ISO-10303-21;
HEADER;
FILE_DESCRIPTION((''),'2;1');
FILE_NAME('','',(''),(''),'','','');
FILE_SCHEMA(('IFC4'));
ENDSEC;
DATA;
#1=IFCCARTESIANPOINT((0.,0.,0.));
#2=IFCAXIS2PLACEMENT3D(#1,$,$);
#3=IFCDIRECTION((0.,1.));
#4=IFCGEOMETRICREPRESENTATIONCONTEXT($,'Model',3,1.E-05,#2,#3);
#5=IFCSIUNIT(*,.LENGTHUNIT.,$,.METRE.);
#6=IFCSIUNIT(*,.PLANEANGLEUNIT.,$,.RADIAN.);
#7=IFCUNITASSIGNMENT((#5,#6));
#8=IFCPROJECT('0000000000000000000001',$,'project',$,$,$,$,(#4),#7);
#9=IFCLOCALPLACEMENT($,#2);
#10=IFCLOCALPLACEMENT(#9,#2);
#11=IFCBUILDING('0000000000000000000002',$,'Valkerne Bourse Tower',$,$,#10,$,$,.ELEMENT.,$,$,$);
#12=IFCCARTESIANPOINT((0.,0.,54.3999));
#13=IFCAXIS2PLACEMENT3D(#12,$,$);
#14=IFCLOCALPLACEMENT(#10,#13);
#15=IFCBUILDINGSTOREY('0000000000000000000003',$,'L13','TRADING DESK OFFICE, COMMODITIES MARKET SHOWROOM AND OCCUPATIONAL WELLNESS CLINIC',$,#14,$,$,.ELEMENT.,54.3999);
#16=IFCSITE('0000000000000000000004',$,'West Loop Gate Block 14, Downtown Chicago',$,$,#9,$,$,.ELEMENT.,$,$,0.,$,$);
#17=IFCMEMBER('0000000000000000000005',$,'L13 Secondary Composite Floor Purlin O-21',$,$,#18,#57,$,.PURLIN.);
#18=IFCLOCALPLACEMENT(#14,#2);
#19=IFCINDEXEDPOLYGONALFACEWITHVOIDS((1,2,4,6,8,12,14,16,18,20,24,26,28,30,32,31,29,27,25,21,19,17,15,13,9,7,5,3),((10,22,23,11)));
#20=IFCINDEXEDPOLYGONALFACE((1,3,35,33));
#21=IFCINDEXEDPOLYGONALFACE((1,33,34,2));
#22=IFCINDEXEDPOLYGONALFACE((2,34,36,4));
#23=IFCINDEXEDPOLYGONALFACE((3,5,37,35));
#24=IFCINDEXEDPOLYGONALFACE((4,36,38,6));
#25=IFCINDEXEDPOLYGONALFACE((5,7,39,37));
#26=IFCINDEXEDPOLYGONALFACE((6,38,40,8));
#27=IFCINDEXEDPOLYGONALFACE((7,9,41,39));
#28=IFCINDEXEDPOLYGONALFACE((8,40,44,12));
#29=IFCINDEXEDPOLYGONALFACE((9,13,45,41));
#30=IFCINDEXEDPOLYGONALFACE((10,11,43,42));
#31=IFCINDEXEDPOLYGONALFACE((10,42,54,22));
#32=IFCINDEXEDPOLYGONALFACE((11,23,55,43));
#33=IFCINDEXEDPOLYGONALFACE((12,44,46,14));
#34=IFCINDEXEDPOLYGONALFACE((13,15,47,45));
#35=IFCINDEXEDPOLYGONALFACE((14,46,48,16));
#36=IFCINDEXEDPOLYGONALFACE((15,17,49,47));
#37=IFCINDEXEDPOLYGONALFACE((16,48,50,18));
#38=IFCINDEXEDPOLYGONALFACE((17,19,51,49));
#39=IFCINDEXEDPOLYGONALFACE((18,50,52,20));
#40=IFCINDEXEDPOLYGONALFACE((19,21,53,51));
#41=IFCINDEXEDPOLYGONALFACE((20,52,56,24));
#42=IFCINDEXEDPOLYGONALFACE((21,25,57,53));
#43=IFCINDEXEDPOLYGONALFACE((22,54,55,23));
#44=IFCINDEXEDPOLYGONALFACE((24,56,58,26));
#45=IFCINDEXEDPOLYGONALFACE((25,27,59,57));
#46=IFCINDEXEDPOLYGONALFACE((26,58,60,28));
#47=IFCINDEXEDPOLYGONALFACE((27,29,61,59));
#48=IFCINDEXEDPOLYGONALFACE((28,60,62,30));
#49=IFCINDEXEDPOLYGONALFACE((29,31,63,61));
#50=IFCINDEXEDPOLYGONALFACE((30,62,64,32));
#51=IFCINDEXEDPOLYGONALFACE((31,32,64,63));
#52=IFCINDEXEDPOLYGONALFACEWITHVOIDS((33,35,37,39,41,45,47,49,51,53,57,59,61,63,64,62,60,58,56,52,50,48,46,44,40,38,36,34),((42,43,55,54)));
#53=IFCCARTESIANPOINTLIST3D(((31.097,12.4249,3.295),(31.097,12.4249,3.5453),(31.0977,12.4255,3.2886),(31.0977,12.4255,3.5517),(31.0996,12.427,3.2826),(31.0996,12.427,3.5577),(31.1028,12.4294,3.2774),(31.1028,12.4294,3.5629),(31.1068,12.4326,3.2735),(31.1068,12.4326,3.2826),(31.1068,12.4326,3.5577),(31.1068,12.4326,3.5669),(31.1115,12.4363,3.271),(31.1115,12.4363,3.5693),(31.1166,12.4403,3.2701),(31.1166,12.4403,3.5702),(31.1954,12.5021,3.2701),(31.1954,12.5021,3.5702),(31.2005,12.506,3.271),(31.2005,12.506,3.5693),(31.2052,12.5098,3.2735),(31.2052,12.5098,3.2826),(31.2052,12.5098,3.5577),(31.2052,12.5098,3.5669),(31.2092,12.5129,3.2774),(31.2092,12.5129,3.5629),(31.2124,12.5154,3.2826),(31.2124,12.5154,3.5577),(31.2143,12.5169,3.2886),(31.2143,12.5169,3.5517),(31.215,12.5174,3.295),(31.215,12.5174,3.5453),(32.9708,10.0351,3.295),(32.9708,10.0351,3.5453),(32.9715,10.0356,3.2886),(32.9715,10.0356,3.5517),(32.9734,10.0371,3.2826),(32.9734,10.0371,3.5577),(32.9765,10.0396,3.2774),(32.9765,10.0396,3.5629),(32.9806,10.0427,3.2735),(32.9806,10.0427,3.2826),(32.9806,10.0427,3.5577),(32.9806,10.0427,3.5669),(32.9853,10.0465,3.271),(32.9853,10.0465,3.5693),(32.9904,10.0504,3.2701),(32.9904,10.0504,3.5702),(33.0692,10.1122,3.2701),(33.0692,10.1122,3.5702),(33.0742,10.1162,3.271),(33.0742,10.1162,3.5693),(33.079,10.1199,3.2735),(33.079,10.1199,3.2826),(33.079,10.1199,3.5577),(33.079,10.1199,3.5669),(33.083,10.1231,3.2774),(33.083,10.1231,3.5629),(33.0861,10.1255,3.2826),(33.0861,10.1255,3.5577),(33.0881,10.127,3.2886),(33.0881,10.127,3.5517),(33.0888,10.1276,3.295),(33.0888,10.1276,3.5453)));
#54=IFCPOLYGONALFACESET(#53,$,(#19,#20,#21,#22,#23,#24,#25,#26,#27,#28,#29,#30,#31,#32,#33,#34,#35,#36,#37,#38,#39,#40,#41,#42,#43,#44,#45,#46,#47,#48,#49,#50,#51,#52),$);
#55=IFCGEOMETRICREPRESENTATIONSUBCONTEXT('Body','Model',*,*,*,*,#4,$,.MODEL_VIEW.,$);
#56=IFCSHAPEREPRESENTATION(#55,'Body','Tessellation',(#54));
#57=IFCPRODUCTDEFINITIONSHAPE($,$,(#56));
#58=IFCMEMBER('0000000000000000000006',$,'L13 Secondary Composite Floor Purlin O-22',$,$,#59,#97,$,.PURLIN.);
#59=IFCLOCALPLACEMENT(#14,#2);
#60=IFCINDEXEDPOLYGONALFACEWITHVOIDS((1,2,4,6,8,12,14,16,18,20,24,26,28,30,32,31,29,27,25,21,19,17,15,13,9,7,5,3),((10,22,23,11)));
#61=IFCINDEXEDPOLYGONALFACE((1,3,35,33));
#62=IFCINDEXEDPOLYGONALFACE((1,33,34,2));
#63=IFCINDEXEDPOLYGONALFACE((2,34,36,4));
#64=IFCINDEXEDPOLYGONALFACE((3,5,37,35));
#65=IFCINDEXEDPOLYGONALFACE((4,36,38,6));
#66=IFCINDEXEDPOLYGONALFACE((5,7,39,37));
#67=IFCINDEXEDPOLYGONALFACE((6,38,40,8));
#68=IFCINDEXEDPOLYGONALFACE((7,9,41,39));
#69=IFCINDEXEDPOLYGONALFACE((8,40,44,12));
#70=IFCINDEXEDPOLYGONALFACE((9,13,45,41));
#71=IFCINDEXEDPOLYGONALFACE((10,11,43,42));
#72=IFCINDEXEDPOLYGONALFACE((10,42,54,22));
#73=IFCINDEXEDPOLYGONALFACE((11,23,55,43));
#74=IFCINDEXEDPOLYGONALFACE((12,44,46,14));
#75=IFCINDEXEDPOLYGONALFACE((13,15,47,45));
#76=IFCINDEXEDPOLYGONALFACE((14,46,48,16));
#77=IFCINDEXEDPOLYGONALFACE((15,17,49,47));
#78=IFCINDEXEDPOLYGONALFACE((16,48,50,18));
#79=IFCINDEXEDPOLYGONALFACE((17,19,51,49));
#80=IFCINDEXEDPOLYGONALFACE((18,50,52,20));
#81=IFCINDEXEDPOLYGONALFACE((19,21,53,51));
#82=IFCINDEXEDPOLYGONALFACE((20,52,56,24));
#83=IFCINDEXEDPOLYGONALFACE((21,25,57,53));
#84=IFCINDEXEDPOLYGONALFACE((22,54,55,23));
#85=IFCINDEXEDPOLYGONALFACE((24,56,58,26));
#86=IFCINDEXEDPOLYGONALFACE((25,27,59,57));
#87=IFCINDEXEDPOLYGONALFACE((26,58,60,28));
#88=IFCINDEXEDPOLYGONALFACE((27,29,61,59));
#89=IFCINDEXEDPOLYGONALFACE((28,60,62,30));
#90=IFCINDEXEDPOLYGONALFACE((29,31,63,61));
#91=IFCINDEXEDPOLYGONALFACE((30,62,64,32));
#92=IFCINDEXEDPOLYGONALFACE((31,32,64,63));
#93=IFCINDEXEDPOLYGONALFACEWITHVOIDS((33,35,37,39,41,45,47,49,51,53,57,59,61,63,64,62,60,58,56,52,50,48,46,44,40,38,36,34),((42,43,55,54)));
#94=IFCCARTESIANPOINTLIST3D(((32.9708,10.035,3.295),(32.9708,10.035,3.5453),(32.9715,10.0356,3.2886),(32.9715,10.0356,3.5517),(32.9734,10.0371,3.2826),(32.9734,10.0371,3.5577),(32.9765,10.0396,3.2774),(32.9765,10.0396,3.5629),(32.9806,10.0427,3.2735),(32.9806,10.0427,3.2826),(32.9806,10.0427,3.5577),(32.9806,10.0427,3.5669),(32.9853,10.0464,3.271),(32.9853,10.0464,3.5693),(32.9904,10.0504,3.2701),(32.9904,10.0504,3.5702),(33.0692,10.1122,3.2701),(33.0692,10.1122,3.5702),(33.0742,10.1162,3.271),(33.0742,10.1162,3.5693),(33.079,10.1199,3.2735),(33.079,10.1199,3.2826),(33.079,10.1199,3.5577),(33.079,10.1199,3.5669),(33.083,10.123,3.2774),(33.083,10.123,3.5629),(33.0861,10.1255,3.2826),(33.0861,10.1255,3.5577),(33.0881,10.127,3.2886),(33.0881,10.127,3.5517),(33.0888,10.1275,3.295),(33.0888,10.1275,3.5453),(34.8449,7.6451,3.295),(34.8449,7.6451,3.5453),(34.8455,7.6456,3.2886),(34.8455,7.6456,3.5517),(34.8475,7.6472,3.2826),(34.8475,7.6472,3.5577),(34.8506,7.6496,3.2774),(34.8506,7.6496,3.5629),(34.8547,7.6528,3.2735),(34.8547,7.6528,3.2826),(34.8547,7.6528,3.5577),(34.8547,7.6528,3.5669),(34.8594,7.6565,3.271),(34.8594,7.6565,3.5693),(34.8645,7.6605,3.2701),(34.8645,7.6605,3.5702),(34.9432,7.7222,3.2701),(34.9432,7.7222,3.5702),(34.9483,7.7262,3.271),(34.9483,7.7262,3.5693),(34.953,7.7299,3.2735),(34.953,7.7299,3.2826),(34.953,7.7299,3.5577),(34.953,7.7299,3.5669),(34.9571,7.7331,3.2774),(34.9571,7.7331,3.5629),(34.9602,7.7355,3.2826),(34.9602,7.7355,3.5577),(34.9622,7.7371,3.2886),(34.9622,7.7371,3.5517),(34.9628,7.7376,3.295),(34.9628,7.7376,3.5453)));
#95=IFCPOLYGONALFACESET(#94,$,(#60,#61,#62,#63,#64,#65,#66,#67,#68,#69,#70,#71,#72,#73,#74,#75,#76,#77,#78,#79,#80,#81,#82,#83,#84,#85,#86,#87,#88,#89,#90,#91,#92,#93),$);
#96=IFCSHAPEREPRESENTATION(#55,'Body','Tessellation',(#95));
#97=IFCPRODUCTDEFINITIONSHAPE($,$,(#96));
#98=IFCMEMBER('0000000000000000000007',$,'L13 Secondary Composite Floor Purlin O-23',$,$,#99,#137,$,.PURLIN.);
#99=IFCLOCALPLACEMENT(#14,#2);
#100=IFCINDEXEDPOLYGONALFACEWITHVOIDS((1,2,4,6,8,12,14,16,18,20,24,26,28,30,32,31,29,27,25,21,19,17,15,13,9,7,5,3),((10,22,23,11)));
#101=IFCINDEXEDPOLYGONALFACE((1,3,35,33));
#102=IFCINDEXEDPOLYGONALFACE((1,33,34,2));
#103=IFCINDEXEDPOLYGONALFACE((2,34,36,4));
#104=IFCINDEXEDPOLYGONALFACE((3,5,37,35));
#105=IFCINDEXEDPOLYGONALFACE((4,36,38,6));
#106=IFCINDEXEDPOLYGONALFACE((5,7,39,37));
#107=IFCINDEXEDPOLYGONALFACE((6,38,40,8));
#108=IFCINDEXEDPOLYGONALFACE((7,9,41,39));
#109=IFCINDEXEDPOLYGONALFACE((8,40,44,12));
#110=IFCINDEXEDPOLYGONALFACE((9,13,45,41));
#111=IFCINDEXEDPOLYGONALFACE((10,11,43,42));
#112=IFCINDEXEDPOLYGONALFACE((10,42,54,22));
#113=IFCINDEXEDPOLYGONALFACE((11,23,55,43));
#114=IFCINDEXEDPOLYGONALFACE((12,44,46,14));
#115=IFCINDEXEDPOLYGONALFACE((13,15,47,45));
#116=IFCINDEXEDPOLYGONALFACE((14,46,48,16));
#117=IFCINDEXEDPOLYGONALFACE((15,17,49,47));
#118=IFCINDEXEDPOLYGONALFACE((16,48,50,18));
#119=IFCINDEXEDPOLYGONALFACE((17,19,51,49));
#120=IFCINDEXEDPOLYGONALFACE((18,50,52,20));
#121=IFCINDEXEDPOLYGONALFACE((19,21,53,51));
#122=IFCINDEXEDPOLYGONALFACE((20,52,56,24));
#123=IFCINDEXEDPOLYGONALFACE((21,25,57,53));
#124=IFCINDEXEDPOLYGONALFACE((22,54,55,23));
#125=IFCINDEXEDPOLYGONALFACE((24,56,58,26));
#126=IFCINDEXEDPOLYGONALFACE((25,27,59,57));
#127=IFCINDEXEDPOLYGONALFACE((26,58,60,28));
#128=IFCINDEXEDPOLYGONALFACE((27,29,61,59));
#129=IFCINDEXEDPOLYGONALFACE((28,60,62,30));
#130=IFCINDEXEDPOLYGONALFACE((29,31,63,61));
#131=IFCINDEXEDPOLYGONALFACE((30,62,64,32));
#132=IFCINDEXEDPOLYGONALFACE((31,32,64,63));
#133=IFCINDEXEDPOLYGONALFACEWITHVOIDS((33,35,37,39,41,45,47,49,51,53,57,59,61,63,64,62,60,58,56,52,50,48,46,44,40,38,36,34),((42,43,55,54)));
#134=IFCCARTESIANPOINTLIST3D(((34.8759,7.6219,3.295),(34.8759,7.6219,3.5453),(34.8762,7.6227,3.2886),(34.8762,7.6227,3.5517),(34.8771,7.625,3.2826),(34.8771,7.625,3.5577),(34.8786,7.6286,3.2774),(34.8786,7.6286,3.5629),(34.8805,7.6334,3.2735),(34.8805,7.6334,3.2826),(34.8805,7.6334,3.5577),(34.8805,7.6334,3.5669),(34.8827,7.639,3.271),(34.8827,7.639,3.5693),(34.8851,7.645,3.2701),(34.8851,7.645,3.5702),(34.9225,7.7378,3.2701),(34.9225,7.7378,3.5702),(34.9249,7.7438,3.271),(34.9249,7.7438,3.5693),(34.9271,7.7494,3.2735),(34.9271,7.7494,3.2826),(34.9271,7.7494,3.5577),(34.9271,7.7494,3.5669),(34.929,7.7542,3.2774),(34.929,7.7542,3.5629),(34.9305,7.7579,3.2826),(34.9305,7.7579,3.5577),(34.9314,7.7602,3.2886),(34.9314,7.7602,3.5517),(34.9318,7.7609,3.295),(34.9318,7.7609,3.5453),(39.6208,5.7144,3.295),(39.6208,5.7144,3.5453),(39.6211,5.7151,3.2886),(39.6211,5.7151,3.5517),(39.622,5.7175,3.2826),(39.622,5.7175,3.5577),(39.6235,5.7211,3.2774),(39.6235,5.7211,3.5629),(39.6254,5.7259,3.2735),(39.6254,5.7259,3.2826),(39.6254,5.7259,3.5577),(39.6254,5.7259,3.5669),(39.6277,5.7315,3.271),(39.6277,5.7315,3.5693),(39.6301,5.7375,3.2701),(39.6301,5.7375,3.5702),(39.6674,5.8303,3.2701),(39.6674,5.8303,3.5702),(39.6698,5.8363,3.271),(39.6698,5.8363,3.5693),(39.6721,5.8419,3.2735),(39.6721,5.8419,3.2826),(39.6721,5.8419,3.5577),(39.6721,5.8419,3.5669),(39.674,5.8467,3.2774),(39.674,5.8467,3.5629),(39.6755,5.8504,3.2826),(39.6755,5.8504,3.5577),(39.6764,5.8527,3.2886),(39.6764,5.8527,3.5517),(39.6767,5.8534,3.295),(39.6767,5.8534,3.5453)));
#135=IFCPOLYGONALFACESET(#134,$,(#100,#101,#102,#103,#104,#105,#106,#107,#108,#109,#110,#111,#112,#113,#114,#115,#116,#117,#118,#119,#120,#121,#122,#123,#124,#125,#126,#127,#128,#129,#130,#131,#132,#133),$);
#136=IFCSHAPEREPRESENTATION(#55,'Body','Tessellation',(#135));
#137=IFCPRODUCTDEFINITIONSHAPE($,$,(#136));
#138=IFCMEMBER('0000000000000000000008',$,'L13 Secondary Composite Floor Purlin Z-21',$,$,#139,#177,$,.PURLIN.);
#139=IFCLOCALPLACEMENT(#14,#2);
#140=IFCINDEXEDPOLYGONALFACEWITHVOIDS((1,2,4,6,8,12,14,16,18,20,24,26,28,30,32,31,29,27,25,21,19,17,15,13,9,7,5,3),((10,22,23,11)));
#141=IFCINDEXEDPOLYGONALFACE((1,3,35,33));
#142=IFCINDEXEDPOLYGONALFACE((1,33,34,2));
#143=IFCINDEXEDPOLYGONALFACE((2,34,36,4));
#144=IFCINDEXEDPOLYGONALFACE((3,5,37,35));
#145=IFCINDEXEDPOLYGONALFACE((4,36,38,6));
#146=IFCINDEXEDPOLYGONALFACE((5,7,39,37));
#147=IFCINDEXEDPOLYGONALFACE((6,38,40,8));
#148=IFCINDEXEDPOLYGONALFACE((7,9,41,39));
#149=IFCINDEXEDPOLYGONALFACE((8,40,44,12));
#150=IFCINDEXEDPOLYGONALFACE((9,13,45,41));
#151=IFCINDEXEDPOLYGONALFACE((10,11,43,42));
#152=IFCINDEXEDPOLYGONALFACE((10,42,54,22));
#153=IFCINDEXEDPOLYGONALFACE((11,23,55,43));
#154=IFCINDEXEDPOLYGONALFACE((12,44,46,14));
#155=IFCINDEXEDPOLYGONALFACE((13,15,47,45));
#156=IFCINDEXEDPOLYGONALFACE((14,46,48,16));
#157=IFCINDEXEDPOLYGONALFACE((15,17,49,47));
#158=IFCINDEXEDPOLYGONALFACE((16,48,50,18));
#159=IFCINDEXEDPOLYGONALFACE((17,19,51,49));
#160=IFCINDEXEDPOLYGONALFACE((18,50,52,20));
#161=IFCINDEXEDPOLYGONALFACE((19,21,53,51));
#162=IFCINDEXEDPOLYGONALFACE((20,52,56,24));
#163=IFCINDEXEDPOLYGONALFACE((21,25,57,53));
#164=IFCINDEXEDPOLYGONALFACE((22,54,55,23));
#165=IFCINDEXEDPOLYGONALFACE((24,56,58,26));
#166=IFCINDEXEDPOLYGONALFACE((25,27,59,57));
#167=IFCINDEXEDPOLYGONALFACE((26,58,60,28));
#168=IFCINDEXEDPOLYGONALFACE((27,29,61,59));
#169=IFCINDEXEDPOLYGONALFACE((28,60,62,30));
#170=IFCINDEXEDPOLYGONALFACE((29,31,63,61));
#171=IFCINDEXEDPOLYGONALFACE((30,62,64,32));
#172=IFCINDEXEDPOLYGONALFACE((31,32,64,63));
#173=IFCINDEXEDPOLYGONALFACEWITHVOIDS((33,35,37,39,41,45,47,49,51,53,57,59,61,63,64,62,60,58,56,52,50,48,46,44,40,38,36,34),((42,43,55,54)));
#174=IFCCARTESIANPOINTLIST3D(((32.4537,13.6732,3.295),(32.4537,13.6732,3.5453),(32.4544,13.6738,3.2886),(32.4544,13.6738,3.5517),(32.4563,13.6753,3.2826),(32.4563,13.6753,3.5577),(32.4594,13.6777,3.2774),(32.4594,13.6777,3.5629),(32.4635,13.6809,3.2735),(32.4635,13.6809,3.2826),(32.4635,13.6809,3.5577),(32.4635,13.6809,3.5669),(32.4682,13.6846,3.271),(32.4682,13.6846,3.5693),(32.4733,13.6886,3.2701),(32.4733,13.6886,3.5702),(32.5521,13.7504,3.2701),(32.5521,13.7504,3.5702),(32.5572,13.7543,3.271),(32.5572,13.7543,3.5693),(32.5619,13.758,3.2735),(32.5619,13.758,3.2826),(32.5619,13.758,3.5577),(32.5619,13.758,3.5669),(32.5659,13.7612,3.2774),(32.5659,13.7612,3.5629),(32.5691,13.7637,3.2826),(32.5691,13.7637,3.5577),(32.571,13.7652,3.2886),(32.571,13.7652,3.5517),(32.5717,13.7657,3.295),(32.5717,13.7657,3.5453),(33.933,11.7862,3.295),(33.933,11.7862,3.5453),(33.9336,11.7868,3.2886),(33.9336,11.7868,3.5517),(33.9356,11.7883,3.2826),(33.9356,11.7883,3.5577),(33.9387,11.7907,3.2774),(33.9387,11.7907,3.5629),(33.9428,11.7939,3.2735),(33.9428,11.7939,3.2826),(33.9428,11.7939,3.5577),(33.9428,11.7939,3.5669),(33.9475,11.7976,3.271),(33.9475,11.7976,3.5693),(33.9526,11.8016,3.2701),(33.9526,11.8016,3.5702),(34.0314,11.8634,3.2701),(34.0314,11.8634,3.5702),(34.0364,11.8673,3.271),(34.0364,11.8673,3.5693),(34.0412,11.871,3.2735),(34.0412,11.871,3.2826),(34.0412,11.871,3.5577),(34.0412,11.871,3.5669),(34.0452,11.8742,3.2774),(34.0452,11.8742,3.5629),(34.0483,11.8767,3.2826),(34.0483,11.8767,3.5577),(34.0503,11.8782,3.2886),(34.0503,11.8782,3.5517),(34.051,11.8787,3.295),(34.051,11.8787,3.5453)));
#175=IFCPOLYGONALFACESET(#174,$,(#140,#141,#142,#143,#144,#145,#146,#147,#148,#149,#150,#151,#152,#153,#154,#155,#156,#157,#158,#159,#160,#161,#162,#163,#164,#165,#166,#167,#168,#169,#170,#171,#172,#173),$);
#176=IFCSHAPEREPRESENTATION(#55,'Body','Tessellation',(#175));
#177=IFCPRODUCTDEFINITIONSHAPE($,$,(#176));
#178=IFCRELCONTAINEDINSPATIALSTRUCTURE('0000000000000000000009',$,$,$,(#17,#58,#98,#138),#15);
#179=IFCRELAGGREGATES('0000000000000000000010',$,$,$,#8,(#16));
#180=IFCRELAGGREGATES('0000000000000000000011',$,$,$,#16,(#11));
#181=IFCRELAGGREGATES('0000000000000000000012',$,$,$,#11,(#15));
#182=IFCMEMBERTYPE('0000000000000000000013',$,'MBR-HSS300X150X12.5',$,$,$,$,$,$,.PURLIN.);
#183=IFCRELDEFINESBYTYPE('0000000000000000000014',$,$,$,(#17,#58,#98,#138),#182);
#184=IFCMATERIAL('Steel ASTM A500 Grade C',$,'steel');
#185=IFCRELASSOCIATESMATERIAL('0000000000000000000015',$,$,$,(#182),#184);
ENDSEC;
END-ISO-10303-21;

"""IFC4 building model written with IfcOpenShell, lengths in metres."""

from ifc_helpers import new_model, si_unit, direction, frame, origin, origin_2d, place, context, subcontext, project, spatial, hollow_rectangle, extrude, material, material_profile, profile_set, type_object, element, save


model = new_model("IFC4")

# Units and contexts
model_context = context("Model", 3, precision=1e-05, world=origin(), true_north=direction((0.0, 1.0)))
body_context = subcontext(model_context, "Body", "Model", "MODEL_VIEW")
ifc_project = project(units=[si_unit("LENGTHUNIT", "METRE"), si_unit("PLANEANGLEUNIT", "RADIAN")], contexts=[model_context])

# Site, building, storey
site_placement = place(None, origin())
site = spatial("IfcSite", under=ifc_project, at=site_placement, Name="West Loop Gate Block 14, Downtown Chicago", CompositionType="ELEMENT", RefElevation=0.0)
building_placement = place(site_placement, origin())
building = spatial("IfcBuilding", under=site, at=building_placement, Name="Valkerne Bourse Tower", CompositionType="ELEMENT")
storey_placement = place(building_placement, frame((0.0, 0.0, 54.3999)))
storey = spatial("IfcBuildingStorey", under=building, at=storey_placement, Name="L13", Description="TRADING DESK OFFICE, COMMODITIES MARKET SHOWROOM AND OCCUPATIONAL WELLNESS CLINIC", CompositionType="ELEMENT", Elevation=54.3999)

# Members
ifc_material_1 = material(Name="Steel ASTM A500 Grade C", Category="steel")
ifc_material_profile_1 = material_profile(ifc_material_1, hollow_rectangle(XDim=0.1499, YDim=0.3, WallThickness=0.0125, OuterFilletRadius=0.0249, at=origin_2d()), Name="HSS300X150X12.5")
ifc_profile_set_1 = profile_set([ifc_material_profile_1], Name="Steel ASTM A500 Grade C")
member_type_1 = type_object("IfcMemberType", Name="MBR-HSS300X150X12.5", PredefinedType="PURLIN", material=ifc_profile_set_1)
member_1_placement = place(storey_placement, frame((31.156, 12.4712, 3.4202), z_axis=(0.617008, -0.786957, 0.0), x_axis=(0.786957, 0.617008, 0.0)))
element("IfcMember", 1, at=member_1_placement, inside=storey, type_object=member_type_1, Name="L13 Secondary Composite Floor Purlin O-21", PredefinedType="PURLIN", context=body_context, shape_type="SweptSolid", body=[
    extrude(hollow_rectangle(XDim=0.1499, YDim=0.3, WallThickness=0.0125, OuterFilletRadius=0.0249, at=origin_2d()), origin(), (0.0, 0.0, 1.0), 3.0369),
])
member_2_placement = place(storey_placement, frame((33.0298, 10.0813, 3.4202), z_axis=(0.617058, -0.786918, 0.0), x_axis=(0.786918, 0.617058, 0.0)))
element("IfcMember", 2, at=member_2_placement, inside=storey, type_object=member_type_1, Name="L13 Secondary Composite Floor Purlin O-22", PredefinedType="PURLIN", context=body_context, shape_type="SweptSolid", body=[
    extrude(hollow_rectangle(XDim=0.1499, YDim=0.3, WallThickness=0.0125, OuterFilletRadius=0.0249, at=origin_2d()), origin(), (0.0, 0.0, 1.0), 3.0371),
])
member_3_placement = place(storey_placement, frame((34.9038, 7.6914, 3.4202), z_axis=(0.927833, -0.372995, 0.0), x_axis=(0.372995, 0.927833, 0.0)))
element("IfcMember", 3, at=member_3_placement, inside=storey, type_object=member_type_1, Name="L13 Secondary Composite Floor Purlin O-23", PredefinedType="PURLIN", context=body_context, shape_type="SweptSolid", body=[
    extrude(hollow_rectangle(XDim=0.1499, YDim=0.3, WallThickness=0.0125, OuterFilletRadius=0.0249, at=origin_2d()), origin(), (0.0, 0.0, 1.0), 5.114),
])
for number, where, z_axis, x_axis, name in (
    (4, (32.5127, 13.7195, 3.4202), (0.616953, -0.787, 0.0), (0.787, 0.616953, 0.0), "L13 Secondary Composite Floor Purlin Z-21"),
):
    element("IfcMember", number, at=place(storey_placement, frame(where, z_axis=z_axis, x_axis=x_axis)), inside=storey, type_object=member_type_1, Name=name, PredefinedType="PURLIN", context=body_context, shape_type="SweptSolid", body=[
        extrude(hollow_rectangle(XDim=0.1499, YDim=0.3, WallThickness=0.0125, OuterFilletRadius=0.0249, at=origin_2d()), origin(), (0.0, 0.0, 1.0), 2.3977),
    ])

save(model, "model.ifc")
